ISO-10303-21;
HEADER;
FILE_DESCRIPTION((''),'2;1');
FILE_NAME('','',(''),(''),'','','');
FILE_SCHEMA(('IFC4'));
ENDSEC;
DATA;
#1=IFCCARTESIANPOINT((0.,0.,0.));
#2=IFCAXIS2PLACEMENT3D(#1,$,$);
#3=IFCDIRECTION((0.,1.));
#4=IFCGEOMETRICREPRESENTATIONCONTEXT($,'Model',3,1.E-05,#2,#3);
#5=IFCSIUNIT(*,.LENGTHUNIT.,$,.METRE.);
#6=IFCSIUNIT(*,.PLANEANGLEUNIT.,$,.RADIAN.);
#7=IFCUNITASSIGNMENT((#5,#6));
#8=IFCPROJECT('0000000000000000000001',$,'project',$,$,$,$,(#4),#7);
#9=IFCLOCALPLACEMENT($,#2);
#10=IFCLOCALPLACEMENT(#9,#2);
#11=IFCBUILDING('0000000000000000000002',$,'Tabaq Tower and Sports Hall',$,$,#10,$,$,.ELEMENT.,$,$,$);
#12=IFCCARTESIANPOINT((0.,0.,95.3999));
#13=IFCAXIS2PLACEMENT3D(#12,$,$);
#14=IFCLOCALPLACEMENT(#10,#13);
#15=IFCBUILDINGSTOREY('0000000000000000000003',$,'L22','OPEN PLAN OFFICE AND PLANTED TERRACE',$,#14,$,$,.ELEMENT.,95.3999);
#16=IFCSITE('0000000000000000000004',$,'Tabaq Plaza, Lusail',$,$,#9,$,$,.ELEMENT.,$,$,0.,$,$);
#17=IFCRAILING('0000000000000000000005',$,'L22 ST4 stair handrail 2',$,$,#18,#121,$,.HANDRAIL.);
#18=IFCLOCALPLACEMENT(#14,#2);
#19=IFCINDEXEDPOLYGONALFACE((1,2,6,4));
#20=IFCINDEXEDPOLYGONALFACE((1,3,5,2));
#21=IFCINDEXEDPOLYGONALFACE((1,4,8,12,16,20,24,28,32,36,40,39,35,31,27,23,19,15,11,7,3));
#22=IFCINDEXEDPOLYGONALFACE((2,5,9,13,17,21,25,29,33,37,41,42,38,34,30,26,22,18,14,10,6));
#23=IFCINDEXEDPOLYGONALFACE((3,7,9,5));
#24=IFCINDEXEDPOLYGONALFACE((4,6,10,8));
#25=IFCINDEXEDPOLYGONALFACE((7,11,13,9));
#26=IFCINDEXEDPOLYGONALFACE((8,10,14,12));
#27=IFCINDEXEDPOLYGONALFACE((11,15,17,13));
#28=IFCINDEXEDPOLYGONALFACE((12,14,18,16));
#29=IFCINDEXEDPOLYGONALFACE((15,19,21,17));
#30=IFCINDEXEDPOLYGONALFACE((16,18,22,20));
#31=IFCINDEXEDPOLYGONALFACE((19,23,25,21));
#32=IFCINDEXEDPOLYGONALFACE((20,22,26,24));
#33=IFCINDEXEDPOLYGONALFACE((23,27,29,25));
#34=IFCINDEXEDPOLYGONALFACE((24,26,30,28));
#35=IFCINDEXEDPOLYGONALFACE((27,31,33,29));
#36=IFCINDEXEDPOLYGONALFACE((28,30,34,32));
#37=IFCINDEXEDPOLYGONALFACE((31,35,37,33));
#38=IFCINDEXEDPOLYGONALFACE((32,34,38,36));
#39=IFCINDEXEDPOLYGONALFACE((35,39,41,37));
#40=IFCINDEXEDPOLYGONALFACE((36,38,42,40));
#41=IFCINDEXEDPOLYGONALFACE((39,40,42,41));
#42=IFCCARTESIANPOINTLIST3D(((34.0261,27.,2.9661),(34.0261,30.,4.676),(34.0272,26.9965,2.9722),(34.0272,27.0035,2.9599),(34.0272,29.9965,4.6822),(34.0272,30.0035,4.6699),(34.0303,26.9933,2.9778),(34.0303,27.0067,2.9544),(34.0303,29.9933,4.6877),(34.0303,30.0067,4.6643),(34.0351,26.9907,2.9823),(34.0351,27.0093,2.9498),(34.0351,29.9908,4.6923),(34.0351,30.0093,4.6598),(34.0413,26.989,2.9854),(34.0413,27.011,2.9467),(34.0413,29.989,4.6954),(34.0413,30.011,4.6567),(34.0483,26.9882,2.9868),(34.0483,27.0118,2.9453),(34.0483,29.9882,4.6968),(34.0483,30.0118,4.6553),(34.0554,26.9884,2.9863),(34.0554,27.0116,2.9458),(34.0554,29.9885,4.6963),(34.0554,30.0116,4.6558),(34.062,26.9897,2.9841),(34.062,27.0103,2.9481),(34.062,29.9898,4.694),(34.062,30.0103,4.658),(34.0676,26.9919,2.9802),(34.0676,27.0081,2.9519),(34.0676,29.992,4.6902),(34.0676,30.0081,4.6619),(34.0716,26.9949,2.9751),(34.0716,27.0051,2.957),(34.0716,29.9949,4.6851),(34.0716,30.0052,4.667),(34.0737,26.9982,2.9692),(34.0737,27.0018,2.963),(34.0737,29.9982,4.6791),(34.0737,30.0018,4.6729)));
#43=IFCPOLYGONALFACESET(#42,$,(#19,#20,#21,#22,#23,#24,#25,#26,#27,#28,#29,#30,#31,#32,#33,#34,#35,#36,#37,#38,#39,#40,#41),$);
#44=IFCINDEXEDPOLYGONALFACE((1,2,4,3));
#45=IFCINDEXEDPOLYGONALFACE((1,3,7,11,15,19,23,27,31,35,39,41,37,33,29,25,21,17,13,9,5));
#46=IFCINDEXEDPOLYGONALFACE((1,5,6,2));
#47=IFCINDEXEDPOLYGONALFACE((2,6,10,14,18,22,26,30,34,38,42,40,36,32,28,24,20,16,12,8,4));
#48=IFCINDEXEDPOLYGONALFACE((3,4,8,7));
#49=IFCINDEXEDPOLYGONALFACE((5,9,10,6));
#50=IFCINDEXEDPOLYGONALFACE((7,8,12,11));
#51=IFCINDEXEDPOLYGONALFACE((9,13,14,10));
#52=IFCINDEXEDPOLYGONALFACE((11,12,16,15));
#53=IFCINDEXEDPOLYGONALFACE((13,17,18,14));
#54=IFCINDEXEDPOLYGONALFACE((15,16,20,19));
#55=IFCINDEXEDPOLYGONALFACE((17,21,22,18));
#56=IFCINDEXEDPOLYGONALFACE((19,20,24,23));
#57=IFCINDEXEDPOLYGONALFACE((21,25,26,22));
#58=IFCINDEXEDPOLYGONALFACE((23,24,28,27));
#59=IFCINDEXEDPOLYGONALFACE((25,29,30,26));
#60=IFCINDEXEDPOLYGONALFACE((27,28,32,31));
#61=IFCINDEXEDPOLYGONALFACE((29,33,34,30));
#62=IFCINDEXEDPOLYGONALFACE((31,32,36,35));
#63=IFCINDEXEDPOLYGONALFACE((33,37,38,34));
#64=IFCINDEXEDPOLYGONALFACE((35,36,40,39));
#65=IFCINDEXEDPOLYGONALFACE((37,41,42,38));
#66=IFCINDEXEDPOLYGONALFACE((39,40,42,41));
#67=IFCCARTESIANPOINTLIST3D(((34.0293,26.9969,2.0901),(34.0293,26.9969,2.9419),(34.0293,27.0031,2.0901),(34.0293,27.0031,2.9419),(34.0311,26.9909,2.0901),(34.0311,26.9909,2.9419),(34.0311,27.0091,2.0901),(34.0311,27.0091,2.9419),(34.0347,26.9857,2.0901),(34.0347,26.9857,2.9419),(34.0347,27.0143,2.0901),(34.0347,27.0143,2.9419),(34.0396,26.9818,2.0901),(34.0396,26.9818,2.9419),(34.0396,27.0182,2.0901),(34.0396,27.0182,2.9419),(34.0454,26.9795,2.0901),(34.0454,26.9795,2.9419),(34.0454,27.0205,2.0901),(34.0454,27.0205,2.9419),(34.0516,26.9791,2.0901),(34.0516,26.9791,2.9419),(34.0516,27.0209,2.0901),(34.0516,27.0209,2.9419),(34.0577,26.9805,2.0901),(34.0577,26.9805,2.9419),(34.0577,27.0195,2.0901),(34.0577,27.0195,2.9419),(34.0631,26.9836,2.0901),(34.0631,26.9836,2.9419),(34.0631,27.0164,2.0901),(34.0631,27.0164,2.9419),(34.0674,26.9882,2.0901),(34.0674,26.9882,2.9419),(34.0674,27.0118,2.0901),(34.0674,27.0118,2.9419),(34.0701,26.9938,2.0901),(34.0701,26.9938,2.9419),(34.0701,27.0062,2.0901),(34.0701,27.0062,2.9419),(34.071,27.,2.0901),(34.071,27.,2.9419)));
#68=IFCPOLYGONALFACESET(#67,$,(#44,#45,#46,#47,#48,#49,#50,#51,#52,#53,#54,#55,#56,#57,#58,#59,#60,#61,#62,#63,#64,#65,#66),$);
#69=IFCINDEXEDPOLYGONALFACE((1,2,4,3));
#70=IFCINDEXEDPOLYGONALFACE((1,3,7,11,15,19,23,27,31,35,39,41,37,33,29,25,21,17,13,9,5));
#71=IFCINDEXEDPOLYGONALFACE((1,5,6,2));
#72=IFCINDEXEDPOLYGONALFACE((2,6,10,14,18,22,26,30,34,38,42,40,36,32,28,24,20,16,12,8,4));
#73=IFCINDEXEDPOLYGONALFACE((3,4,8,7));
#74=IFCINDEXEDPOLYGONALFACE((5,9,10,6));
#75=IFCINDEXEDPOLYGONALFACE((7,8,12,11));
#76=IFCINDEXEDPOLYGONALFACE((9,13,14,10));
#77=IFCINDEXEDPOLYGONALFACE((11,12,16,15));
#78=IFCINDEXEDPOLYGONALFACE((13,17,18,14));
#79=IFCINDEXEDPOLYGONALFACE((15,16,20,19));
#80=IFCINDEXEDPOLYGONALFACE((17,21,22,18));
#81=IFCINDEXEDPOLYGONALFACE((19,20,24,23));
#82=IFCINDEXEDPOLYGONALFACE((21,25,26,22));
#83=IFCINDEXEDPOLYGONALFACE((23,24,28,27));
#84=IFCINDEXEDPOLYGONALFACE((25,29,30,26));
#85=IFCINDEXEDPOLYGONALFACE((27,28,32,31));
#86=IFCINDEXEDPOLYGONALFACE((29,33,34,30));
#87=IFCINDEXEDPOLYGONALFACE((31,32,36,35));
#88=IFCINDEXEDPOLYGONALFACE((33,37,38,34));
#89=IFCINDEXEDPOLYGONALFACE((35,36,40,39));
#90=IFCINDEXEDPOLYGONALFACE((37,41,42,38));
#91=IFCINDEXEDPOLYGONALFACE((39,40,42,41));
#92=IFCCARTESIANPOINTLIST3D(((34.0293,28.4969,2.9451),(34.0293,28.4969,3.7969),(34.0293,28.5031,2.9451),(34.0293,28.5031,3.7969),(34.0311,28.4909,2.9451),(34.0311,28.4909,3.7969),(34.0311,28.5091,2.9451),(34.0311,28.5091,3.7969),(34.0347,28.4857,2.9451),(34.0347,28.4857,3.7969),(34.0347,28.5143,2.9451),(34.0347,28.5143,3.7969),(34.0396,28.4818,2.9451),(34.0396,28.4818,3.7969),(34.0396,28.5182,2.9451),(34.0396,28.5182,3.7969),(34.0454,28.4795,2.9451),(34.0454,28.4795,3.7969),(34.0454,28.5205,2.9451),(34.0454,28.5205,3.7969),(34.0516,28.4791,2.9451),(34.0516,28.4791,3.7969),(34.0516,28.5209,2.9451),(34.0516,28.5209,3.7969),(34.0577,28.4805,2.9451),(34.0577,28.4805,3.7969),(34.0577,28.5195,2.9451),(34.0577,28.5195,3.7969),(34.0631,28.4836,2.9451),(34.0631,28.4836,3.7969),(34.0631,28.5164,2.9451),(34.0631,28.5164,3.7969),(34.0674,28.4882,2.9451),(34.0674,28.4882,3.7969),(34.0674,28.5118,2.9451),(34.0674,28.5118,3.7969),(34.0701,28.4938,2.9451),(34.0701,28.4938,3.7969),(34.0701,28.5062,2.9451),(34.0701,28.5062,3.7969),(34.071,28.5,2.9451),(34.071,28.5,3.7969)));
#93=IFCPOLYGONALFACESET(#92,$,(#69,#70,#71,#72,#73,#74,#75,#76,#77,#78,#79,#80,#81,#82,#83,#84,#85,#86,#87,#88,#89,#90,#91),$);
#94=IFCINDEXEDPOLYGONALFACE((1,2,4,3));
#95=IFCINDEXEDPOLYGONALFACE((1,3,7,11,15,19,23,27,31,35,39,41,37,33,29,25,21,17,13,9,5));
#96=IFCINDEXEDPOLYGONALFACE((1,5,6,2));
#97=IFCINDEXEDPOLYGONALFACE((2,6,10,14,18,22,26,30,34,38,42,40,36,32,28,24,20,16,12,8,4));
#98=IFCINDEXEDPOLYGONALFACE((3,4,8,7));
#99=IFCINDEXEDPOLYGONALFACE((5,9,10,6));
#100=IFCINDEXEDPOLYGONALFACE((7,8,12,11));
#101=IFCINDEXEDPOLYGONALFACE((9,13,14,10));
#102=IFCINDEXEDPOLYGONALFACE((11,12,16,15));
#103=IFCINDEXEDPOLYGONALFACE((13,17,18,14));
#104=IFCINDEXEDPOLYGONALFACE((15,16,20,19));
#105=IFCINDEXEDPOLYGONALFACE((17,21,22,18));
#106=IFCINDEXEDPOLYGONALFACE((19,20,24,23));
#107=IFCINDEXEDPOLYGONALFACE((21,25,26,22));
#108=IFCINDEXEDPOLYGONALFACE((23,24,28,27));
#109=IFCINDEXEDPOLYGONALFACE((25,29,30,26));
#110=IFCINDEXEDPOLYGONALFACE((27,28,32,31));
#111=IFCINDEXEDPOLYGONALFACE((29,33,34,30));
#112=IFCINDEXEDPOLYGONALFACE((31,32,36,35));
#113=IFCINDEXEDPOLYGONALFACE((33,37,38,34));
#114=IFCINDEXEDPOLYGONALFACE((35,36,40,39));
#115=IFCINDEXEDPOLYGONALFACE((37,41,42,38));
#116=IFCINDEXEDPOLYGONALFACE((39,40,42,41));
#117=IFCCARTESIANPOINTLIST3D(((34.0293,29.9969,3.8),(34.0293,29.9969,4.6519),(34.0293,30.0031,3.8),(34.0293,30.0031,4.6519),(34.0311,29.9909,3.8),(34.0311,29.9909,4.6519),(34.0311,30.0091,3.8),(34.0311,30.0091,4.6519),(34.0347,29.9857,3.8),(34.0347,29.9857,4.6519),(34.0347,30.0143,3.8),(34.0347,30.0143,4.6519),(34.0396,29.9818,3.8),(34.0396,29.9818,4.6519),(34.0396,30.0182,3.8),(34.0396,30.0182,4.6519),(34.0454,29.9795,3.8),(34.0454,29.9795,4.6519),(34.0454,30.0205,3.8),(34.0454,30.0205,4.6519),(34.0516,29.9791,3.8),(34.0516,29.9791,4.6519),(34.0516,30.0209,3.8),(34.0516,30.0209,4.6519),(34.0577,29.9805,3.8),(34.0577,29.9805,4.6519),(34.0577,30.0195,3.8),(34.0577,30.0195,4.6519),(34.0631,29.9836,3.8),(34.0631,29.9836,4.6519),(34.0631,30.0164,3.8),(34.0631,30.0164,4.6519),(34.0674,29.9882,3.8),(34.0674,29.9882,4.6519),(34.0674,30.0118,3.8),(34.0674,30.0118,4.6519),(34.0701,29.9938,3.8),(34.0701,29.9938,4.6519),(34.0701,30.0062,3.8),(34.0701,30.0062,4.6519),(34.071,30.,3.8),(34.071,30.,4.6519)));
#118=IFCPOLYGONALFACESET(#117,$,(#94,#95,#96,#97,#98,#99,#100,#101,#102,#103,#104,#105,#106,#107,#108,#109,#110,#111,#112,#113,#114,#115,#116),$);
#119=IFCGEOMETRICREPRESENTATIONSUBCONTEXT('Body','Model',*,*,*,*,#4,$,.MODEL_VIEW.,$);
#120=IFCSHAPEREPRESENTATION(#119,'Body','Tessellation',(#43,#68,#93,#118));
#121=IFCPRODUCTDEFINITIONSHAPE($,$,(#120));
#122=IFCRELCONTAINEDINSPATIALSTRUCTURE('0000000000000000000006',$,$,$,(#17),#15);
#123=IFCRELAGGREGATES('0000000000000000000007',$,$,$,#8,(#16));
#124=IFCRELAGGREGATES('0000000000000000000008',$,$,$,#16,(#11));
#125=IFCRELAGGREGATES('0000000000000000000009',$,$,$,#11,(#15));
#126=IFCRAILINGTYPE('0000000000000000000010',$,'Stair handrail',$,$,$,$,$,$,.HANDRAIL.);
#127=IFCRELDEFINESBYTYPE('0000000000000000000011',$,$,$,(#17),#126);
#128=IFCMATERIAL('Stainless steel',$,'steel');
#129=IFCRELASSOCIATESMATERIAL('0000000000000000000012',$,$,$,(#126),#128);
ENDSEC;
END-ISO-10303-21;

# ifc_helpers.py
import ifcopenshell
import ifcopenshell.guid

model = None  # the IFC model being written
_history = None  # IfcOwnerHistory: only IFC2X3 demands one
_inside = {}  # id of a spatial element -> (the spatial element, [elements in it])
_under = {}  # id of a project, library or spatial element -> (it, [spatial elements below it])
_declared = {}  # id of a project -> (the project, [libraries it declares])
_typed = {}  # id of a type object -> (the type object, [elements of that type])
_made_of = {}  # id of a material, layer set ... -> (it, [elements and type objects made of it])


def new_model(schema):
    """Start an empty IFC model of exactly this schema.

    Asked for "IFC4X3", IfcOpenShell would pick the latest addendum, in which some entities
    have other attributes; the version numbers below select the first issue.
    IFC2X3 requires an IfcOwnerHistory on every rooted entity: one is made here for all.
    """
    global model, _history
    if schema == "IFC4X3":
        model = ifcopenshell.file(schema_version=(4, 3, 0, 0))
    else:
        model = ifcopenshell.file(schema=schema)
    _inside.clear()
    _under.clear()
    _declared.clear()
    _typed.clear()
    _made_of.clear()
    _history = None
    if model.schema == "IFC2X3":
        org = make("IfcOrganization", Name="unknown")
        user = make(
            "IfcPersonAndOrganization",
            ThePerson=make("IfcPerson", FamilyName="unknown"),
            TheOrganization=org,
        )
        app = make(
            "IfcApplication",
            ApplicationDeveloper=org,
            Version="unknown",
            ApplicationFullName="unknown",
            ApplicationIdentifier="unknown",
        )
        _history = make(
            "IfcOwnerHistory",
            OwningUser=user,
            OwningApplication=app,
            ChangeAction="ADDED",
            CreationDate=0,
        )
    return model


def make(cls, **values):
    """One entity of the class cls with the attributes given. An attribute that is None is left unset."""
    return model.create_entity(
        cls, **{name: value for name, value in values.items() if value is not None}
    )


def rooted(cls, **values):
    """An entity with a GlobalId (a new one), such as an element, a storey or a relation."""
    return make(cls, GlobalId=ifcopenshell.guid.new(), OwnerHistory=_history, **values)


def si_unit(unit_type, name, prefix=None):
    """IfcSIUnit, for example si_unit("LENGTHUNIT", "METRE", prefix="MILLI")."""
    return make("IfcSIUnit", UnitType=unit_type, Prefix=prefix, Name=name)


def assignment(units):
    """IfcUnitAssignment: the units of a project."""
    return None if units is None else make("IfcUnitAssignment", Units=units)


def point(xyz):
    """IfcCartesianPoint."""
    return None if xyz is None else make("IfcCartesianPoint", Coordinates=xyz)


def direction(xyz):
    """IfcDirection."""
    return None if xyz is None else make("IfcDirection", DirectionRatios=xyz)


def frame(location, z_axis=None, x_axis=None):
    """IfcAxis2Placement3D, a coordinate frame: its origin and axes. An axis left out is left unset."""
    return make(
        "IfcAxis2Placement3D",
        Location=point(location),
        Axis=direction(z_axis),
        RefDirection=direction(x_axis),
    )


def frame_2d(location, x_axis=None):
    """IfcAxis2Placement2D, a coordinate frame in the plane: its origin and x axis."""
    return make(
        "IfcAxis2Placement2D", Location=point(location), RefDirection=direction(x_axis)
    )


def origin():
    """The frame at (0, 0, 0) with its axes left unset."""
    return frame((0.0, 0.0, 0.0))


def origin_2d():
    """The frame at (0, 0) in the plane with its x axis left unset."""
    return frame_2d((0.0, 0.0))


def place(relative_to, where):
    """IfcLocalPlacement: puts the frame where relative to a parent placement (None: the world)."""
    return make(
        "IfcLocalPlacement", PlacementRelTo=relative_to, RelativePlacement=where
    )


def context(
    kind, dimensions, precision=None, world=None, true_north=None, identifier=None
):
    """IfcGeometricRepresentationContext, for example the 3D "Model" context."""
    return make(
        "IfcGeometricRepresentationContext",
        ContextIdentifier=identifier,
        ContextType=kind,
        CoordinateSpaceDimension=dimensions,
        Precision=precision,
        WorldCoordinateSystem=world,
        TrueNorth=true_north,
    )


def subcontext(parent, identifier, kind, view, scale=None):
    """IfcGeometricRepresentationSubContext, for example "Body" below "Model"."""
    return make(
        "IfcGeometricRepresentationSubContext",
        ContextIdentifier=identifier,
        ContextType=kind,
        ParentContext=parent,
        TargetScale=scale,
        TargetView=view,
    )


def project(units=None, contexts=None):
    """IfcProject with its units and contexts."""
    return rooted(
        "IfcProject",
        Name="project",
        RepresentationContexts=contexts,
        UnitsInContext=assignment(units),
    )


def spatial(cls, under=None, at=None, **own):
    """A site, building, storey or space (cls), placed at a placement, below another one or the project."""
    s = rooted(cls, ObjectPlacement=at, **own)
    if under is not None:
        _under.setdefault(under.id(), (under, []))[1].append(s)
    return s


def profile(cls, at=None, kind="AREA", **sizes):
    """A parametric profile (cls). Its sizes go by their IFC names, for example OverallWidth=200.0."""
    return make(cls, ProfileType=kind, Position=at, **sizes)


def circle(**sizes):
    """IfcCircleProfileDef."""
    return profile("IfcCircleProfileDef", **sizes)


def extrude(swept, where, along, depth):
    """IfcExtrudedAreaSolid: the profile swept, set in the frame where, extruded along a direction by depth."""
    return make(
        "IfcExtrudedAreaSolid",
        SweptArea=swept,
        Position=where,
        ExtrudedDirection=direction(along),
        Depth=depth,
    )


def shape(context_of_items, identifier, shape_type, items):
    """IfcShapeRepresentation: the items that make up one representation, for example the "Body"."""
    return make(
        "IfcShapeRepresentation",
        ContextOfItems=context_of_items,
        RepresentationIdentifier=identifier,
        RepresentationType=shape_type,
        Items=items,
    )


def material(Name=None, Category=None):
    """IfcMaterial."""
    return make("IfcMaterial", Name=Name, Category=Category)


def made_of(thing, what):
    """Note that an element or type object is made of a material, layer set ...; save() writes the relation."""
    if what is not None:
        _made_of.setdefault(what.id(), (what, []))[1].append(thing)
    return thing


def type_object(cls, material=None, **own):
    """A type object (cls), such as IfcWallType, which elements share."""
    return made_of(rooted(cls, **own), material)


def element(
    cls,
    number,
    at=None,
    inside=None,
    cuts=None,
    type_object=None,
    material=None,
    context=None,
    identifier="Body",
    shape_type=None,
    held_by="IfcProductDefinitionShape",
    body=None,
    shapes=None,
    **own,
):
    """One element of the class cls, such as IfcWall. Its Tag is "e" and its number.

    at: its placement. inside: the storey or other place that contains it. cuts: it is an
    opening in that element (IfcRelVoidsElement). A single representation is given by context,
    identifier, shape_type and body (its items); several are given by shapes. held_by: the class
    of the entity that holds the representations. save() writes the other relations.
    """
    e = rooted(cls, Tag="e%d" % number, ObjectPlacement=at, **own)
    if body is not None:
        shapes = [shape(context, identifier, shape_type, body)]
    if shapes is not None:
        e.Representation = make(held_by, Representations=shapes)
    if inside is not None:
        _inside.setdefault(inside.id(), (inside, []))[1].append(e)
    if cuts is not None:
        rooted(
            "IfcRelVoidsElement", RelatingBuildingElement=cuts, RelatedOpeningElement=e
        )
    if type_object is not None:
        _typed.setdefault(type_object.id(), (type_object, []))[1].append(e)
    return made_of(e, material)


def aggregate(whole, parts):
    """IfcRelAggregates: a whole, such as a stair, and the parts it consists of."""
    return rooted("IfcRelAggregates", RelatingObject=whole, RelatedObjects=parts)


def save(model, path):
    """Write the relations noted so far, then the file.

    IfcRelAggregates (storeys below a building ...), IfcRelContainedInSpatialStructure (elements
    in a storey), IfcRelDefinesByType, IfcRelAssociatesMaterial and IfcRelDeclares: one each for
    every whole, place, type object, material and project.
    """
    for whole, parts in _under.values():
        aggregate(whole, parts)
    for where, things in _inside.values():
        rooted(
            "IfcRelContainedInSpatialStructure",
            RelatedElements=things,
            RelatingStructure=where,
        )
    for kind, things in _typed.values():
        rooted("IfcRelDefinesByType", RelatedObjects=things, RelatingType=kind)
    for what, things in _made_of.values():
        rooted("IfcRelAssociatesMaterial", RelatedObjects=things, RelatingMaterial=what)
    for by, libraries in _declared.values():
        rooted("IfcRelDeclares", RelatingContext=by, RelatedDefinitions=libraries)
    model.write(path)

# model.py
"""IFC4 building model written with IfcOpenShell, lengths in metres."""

from ifc_helpers import new_model, si_unit, direction, frame, origin, origin_2d, place, context, subcontext, project, spatial, circle, extrude, material, type_object, element, save


model = new_model("IFC4")

# Units and contexts
model_context = context("Model", 3, precision=1e-05, world=origin(), true_north=direction((0.0, 1.0)))
body_context = subcontext(model_context, "Body", "Model", "MODEL_VIEW")
ifc_project = project(units=[si_unit("LENGTHUNIT", "METRE"), si_unit("PLANEANGLEUNIT", "RADIAN")], contexts=[model_context])

# Site, building, storey
site_placement = place(None, origin())
site = spatial("IfcSite", under=ifc_project, at=site_placement, Name="Tabaq Plaza, Lusail", CompositionType="ELEMENT", RefElevation=0.0)
building_placement = place(site_placement, origin())
building = spatial("IfcBuilding", under=site, at=building_placement, Name="Tabaq Tower and Sports Hall", CompositionType="ELEMENT")
storey_placement = place(building_placement, frame((0.0, 0.0, 95.3999)))
storey = spatial("IfcBuildingStorey", under=building, at=storey_placement, Name="L22", Description="OPEN PLAN OFFICE AND PLANTED TERRACE", CompositionType="ELEMENT", Elevation=95.3999)

# Railing
ifc_material_1 = material(Name="Stainless steel", Category="steel")
railing_type_1 = type_object("IfcRailingType", Name="Stair handrail", PredefinedType="HANDRAIL", material=ifc_material_1)
railing_1_placement = place(storey_placement, frame((34.05, 27.0, 2.0901)))
element("IfcRailing", 1, at=railing_1_placement, inside=storey, type_object=railing_type_1, Name="L22 ST4 stair handrail 2", PredefinedType="HANDRAIL", context=body_context, shape_type="SweptSolid", body=[
    extrude(circle(Radius=0.0239, at=origin_2d()), frame((0.0, 0.0, 0.876), z_axis=(0.0, 0.868782, 0.495195), x_axis=(-1.0, 0.0, 0.0)), (0.0, 0.0, 1.0), 3.4531),
    extrude(circle(Radius=0.021, at=origin_2d()), origin(), (0.0, 0.0, 1.0), 0.8518),
    extrude(circle(Radius=0.021, at=origin_2d()), frame((0.0, 1.5, 0.855)), (0.0, 0.0, 1.0), 0.8518),
    extrude(circle(Radius=0.021, at=origin_2d()), frame((0.0, 3.0, 1.71)), (0.0, 0.0, 1.0), 0.8518),
])

save(model, "model.ifc")
